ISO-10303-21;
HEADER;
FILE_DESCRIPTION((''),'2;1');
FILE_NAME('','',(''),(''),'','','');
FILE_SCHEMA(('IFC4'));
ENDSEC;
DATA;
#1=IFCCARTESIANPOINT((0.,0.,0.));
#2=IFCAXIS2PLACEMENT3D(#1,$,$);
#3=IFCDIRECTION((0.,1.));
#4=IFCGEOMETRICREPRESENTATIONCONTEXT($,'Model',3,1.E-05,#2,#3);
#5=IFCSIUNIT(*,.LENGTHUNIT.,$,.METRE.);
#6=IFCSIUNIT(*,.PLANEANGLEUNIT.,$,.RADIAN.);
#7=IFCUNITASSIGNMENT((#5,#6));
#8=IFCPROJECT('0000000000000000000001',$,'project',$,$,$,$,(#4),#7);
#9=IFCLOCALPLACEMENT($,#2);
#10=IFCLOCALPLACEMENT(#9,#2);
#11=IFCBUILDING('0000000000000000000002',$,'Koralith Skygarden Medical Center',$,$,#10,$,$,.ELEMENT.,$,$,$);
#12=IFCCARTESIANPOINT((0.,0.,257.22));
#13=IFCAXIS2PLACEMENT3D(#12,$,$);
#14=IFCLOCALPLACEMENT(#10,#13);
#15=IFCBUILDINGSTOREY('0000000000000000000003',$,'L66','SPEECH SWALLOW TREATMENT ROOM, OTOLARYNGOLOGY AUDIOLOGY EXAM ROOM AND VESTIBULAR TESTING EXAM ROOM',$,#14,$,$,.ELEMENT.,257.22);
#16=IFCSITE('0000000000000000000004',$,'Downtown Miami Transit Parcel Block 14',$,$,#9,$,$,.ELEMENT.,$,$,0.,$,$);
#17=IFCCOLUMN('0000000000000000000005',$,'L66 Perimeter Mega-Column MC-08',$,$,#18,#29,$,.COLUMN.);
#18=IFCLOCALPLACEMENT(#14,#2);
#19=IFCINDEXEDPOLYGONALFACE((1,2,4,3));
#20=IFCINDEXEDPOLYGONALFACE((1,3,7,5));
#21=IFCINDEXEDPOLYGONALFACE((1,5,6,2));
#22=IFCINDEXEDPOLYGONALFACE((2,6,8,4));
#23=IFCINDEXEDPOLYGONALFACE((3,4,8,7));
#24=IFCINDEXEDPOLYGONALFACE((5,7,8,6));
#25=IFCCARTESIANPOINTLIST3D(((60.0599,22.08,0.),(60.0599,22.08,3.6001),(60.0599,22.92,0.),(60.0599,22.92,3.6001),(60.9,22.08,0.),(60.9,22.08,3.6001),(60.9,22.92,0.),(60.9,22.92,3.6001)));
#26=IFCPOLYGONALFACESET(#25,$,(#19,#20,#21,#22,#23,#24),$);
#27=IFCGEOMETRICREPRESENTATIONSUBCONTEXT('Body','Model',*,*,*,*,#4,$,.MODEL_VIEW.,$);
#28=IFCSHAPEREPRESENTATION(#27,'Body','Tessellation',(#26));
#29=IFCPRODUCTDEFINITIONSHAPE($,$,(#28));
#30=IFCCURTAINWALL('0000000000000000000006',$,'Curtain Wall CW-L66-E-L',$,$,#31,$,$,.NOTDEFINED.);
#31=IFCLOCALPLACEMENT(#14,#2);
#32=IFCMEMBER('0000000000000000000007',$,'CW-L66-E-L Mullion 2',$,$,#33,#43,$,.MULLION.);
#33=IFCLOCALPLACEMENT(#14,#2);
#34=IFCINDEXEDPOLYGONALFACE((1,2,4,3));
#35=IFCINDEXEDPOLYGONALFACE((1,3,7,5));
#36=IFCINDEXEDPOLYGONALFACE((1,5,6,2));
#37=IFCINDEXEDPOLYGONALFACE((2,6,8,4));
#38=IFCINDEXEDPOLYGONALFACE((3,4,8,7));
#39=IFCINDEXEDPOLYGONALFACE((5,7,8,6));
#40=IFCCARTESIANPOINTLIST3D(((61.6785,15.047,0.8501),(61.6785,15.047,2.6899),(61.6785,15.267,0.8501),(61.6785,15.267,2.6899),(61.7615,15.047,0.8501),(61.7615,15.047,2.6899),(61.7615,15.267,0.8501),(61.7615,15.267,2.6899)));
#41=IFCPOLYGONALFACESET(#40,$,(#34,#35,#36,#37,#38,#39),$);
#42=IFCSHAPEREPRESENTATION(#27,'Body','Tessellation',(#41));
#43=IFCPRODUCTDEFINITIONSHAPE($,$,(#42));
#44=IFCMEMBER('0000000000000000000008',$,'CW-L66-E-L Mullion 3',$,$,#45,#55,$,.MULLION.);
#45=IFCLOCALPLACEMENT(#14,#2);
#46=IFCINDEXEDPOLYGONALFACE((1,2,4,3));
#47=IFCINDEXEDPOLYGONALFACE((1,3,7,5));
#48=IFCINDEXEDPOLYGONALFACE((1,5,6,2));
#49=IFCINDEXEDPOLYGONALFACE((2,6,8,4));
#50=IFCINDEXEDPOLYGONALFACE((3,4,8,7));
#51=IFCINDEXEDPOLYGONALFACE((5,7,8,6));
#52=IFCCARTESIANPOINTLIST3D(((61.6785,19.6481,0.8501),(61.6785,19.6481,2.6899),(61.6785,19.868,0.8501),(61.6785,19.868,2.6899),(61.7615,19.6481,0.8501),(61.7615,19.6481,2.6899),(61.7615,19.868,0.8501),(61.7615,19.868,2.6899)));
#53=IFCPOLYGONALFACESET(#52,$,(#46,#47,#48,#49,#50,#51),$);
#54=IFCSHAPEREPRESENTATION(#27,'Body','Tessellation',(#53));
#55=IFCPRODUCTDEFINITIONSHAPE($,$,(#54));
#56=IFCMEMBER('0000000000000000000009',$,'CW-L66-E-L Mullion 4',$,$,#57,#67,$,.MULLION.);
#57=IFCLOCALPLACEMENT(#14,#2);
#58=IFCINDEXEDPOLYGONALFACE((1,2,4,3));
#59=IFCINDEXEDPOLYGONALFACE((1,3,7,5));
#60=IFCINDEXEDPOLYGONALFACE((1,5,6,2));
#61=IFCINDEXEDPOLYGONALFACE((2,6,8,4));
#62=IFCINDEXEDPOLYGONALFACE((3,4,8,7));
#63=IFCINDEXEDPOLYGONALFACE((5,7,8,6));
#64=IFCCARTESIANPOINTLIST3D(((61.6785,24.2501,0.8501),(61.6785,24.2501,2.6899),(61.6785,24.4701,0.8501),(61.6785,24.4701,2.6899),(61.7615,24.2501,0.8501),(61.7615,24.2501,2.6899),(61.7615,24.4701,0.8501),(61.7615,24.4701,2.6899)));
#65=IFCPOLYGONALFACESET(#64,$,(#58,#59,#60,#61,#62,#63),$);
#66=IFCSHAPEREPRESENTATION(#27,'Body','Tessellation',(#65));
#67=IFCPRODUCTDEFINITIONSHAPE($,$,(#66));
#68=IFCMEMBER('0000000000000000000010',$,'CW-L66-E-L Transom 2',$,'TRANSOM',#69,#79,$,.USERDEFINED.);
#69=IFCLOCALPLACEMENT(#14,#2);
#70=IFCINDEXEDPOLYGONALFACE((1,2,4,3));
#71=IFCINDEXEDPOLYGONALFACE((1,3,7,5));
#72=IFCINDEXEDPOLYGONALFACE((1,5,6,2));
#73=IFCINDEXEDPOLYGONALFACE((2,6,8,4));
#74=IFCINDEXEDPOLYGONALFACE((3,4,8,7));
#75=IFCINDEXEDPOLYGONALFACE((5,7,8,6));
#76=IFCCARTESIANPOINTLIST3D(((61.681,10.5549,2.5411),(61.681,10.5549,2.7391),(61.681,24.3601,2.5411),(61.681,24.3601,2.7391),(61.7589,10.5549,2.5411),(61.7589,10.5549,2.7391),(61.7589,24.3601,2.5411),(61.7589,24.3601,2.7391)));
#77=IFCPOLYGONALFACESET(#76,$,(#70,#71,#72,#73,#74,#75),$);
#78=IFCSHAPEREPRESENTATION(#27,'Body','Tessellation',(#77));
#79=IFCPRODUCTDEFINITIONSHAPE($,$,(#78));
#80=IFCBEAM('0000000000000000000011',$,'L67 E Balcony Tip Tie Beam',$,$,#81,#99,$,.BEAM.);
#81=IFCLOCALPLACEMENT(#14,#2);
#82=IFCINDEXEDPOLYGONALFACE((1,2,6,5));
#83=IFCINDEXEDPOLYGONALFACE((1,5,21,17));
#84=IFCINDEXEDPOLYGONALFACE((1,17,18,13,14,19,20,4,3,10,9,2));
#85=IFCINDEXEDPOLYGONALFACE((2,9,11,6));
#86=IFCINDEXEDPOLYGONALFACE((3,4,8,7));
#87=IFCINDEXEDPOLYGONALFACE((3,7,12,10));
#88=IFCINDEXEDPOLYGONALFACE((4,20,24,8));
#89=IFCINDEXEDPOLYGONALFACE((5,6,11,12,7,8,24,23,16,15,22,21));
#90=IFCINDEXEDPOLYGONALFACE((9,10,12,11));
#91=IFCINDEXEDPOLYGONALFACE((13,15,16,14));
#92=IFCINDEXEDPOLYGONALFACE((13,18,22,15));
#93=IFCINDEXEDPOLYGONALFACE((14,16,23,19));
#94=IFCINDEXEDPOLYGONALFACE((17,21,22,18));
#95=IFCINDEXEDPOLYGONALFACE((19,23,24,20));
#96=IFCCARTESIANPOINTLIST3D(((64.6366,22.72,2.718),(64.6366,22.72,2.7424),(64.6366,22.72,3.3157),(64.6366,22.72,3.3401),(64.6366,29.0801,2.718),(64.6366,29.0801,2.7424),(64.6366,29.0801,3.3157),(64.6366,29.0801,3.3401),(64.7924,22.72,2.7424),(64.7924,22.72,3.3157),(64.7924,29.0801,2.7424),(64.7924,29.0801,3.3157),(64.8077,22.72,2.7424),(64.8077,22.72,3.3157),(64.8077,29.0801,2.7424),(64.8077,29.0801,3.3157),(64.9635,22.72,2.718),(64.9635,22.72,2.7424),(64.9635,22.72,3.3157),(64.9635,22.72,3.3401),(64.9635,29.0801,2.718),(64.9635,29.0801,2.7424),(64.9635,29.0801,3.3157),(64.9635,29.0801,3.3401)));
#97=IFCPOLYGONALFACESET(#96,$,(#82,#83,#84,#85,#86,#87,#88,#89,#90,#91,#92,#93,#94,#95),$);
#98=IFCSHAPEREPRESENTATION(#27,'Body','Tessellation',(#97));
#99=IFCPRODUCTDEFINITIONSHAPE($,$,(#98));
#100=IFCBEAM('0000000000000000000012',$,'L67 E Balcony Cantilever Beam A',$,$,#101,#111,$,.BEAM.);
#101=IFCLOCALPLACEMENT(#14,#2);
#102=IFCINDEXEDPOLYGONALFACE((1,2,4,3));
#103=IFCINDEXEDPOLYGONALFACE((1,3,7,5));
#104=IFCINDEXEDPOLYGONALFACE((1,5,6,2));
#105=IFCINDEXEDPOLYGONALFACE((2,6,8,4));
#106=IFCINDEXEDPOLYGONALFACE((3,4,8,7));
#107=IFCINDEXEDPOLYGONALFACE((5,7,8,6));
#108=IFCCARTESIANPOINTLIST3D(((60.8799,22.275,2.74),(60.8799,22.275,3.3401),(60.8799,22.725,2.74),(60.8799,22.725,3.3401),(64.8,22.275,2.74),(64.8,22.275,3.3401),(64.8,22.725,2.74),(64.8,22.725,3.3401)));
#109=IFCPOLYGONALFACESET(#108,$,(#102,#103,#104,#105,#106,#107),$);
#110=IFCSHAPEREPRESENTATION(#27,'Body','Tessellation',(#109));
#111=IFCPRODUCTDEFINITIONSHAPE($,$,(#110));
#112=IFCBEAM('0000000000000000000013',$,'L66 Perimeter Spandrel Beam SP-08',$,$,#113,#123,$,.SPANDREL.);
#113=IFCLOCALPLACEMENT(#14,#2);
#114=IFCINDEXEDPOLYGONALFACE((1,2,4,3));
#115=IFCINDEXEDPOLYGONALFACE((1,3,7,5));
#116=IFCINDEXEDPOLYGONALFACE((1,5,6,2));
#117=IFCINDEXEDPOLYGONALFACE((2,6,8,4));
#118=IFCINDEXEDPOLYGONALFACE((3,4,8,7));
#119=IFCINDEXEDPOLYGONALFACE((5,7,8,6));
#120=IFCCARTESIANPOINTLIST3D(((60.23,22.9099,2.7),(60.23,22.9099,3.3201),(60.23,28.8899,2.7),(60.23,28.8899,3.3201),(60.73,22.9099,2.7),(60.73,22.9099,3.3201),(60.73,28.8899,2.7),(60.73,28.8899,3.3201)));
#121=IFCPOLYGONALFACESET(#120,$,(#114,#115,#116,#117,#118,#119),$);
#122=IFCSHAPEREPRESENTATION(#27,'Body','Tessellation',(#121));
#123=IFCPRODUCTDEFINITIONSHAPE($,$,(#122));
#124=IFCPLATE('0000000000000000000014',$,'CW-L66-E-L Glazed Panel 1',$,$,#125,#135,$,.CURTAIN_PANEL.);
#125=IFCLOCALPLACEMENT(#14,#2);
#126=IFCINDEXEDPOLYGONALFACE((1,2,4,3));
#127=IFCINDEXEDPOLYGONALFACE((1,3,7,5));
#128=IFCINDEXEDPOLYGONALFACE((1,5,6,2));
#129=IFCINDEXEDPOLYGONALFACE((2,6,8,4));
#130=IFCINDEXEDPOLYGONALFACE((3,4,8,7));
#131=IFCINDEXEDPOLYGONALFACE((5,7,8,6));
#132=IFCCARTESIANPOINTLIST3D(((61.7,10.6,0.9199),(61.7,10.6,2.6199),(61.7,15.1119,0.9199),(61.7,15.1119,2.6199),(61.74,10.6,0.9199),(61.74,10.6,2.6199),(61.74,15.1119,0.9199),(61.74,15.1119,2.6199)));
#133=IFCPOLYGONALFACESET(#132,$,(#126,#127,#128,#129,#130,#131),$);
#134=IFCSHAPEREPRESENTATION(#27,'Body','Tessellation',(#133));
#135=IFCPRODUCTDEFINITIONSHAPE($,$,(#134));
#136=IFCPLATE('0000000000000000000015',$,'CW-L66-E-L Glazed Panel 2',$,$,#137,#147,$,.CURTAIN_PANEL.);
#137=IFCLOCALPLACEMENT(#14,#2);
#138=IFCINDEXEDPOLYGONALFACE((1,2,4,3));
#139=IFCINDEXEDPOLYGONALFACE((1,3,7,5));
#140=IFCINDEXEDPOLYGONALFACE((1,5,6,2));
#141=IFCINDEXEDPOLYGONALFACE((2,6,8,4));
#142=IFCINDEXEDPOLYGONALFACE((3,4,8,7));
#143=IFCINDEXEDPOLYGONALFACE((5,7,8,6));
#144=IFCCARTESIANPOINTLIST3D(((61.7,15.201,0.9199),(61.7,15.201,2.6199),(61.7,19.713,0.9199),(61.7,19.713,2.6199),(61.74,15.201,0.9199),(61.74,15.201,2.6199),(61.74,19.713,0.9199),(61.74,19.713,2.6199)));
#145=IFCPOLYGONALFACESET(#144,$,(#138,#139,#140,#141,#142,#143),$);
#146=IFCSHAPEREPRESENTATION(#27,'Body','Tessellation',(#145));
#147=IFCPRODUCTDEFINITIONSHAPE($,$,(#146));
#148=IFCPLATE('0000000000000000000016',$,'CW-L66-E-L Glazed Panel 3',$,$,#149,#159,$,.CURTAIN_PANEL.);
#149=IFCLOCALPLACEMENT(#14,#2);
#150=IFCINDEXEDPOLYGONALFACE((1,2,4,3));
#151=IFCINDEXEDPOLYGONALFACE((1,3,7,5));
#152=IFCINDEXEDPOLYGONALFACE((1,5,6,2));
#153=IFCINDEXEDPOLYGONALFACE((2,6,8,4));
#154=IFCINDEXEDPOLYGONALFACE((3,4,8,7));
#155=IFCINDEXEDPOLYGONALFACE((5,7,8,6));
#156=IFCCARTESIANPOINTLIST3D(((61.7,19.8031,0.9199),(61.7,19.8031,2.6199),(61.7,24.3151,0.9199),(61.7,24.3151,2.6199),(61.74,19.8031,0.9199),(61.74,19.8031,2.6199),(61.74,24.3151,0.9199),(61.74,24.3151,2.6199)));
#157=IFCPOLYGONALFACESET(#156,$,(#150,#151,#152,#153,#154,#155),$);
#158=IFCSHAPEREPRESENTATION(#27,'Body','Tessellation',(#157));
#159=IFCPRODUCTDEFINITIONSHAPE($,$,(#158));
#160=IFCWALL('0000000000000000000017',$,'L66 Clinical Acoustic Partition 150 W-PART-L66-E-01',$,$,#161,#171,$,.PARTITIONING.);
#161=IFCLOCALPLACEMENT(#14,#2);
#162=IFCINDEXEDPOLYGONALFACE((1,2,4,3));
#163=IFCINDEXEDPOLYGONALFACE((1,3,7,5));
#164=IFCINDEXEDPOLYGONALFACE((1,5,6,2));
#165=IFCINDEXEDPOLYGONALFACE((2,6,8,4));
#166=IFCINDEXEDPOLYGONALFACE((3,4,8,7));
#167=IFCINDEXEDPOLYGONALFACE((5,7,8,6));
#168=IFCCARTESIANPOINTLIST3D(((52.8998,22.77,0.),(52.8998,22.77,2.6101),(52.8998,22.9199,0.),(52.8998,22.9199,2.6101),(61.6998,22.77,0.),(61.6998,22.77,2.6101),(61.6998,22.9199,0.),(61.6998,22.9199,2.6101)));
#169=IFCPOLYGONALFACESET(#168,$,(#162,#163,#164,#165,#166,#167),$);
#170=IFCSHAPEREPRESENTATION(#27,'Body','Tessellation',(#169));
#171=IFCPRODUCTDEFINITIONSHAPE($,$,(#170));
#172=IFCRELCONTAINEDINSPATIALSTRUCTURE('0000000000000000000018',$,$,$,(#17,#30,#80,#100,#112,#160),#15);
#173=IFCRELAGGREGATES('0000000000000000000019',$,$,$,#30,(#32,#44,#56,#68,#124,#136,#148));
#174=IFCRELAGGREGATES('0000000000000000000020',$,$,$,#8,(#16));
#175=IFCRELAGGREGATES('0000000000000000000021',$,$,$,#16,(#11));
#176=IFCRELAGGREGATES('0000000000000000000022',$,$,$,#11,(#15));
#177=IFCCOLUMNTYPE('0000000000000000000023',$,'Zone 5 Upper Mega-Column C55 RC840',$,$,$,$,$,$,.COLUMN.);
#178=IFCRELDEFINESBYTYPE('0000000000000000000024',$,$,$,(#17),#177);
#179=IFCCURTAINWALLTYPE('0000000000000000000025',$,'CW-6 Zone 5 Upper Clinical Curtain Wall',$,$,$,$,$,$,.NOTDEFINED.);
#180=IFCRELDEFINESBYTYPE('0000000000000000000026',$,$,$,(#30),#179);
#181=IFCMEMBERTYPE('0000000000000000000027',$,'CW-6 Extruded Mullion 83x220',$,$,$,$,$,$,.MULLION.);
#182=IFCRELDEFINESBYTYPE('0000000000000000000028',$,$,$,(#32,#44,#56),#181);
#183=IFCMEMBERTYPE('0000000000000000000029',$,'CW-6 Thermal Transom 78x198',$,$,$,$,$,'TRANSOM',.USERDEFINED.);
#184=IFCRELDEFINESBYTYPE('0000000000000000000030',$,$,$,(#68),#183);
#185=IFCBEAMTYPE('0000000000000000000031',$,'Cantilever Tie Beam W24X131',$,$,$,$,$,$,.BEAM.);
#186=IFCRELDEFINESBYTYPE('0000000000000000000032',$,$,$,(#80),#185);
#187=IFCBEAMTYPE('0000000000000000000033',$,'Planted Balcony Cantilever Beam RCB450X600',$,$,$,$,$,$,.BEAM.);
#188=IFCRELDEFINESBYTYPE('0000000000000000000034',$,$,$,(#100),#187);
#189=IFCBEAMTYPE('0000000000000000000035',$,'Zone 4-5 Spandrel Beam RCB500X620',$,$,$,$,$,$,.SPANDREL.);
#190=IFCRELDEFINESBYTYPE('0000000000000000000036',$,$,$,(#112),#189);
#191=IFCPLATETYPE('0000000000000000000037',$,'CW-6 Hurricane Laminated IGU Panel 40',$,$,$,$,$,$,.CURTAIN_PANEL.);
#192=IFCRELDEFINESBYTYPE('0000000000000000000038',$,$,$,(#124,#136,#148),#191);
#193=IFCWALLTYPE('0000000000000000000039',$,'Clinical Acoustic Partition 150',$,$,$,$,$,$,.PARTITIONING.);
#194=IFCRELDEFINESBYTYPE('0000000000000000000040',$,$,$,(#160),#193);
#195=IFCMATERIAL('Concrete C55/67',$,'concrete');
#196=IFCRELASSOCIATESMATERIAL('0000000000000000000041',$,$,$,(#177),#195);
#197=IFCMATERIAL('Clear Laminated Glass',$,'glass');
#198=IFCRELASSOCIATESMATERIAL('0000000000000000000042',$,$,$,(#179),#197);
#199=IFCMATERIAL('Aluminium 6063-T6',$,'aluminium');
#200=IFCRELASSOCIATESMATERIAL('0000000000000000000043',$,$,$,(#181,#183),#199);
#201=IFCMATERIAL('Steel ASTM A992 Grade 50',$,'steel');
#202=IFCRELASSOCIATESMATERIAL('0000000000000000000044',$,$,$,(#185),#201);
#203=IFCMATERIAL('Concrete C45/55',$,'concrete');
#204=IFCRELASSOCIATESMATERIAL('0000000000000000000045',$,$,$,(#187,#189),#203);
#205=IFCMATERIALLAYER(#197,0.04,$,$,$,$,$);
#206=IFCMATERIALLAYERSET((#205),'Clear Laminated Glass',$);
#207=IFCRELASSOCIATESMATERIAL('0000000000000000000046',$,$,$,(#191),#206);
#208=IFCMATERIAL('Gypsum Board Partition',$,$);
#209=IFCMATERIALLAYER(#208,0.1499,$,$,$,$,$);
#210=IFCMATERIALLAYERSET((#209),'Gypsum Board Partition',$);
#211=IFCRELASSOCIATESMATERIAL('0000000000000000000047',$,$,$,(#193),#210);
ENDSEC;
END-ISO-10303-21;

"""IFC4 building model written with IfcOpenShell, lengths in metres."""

from ifc_helpers import new_model, si_unit, direction, frame, frame_2d, origin, origin_2d, place, context, subcontext, project, spatial, rectangle, i_section, extrude, material, layer, layer_set, material_profile, profile_set, type_object, element, aggregate, save


model = new_model("IFC4")

# Units and contexts
model_context = context("Model", 3, precision=1e-05, world=origin(), true_north=direction((0.0, 1.0)))
body_context = subcontext(model_context, "Body", "Model", "MODEL_VIEW")
ifc_project = project(units=[si_unit("LENGTHUNIT", "METRE"), si_unit("PLANEANGLEUNIT", "RADIAN")], contexts=[model_context])

# Site, building, storey
site_placement = place(None, origin())
site = spatial("IfcSite", under=ifc_project, at=site_placement, Name="Downtown Miami Transit Parcel Block 14", CompositionType="ELEMENT", RefElevation=0.0)
building_placement = place(site_placement, origin())
building = spatial("IfcBuilding", under=site, at=building_placement, Name="Koralith Skygarden Medical Center", CompositionType="ELEMENT")
storey_placement = place(building_placement, frame((0.0, 0.0, 257.22)))
storey = spatial("IfcBuildingStorey", under=building, at=storey_placement, Name="L66", Description="SPEECH SWALLOW TREATMENT ROOM, OTOLARYNGOLOGY AUDIOLOGY EXAM ROOM AND VESTIBULAR TESTING EXAM ROOM", CompositionType="ELEMENT", Elevation=257.22)

# Column
ifc_material_1 = material(Name="Concrete C55/67", Category="concrete")
ifc_material_profile_1 = material_profile(ifc_material_1, rectangle(XDim=0.8401, YDim=0.8401, at=origin_2d()), Name="RC840X840")
ifc_profile_set_1 = profile_set([ifc_material_profile_1], Name="Concrete C55/67")
column_type = type_object("IfcColumnType", Name="Zone 5 Upper Mega-Column C55 RC840", PredefinedType="COLUMN", material=ifc_profile_set_1)
column_placement = place(storey_placement, frame((60.48, 22.5, 0.0), z_axis=(0.0, 0.0, 1.0), x_axis=(1.0, 0.0, 0.0)))
element("IfcColumn", 1, at=column_placement, inside=storey, type_object=column_type, Name="L66 Perimeter Mega-Column MC-08", PredefinedType="COLUMN", context=body_context, shape_type="SweptSolid", body=[
    extrude(rectangle(XDim=0.8401, YDim=0.8401, at=origin_2d()), origin(), (0.0, 0.0, 1.0), 3.6001),
])

# Curtain wall, members
ifc_material_2 = material(Name="Clear Laminated Glass", Category="glass")
curtain_wall_type = type_object("IfcCurtainWallType", Name="CW-6 Zone 5 Upper Clinical Curtain Wall", PredefinedType="NOTDEFINED", material=ifc_material_2)
curtain_wall_placement = place(storey_placement, origin())
curtain_wall = element("IfcCurtainWall", 2, at=curtain_wall_placement, inside=storey, type_object=curtain_wall_type, Name="Curtain Wall CW-L66-E-L", PredefinedType="NOTDEFINED")
ifc_material_3 = material(Name="Aluminium 6063-T6", Category="aluminium")
ifc_material_profile_2 = material_profile(ifc_material_3, rectangle(XDim=0.083, YDim=0.22, at=origin_2d()), Name="MUL83X220")
ifc_profile_set_2 = profile_set([ifc_material_profile_2], Name="Aluminium 6063-T6")
member_type_1 = type_object("IfcMemberType", Name="CW-6 Extruded Mullion 83x220", PredefinedType="MULLION", material=ifc_profile_set_2)
member_1_placement = place(storey_placement, frame((61.72, 15.157, 0.8501), z_axis=(0.0, 0.0, 1.0), x_axis=(1.0, 0.0, 0.0)))
member_1 = element("IfcMember", 3, at=member_1_placement, type_object=member_type_1, Name="CW-L66-E-L Mullion 2", PredefinedType="MULLION", context=body_context, shape_type="SweptSolid", body=[
    extrude(rectangle(XDim=0.083, YDim=0.22, at=origin_2d()), origin(), (0.0, 0.0, 1.0), 1.8398),
])
member_2_placement = place(storey_placement, frame((61.72, 19.7581, 0.8501), z_axis=(0.0, 0.0, 1.0), x_axis=(1.0, 0.0, 0.0)))
member_2 = element("IfcMember", 4, at=member_2_placement, type_object=member_type_1, Name="CW-L66-E-L Mullion 3", PredefinedType="MULLION", context=body_context, shape_type="SweptSolid", body=[
    extrude(rectangle(XDim=0.083, YDim=0.22, at=origin_2d()), origin(), (0.0, 0.0, 1.0), 1.8398),
])
member_3_placement = place(storey_placement, frame((61.72, 24.3601, 0.8501), z_axis=(0.0, 0.0, 1.0), x_axis=(1.0, 0.0, 0.0)))
member_3 = element("IfcMember", 5, at=member_3_placement, type_object=member_type_1, Name="CW-L66-E-L Mullion 4", PredefinedType="MULLION", context=body_context, shape_type="SweptSolid", body=[
    extrude(rectangle(XDim=0.083, YDim=0.22, at=origin_2d()), origin(), (0.0, 0.0, 1.0), 1.8398),
])
ifc_material_profile_3 = material_profile(ifc_material_3, rectangle(XDim=0.0779, YDim=0.198, at=origin_2d()), Name="TRN78X198")
ifc_profile_set_3 = profile_set([ifc_material_profile_3], Name="Aluminium 6063-T6")
member_type_2 = type_object("IfcMemberType", Name="CW-6 Thermal Transom 78x198", ElementType="TRANSOM", PredefinedType="USERDEFINED", material=ifc_profile_set_3)
member_4_placement = place(storey_placement, frame((61.72, 10.5549, 2.6401), z_axis=(0.0, 1.0, 0.0), x_axis=(-1.0, 0.0, 0.0)))
member_4 = element("IfcMember", 6, at=member_4_placement, type_object=member_type_2, Name="CW-L66-E-L Transom 2", ObjectType="TRANSOM", PredefinedType="USERDEFINED", context=body_context, shape_type="SweptSolid", body=[
    extrude(rectangle(XDim=0.0779, YDim=0.198, at=origin_2d()), origin(), (0.0, 0.0, 1.0), 13.8052),
])

# Beams
ifc_material_4 = material(Name="Steel ASTM A992 Grade 50", Category="steel")
ifc_material_profile_4 = material_profile(ifc_material_4, i_section(OverallWidth=0.3269, OverallDepth=0.6221, WebThickness=0.0154, FlangeThickness=0.0244, at=origin_2d()), Name="W24X131")
ifc_profile_set_4 = profile_set([ifc_material_profile_4], Name="Steel ASTM A992 Grade 50")
beam_type_1 = type_object("IfcBeamType", Name="Cantilever Tie Beam W24X131", PredefinedType="BEAM", material=ifc_profile_set_4)
beam_1_placement = place(storey_placement, frame((64.8, 22.72, 3.0291), z_axis=(0.0, 1.0, 0.0), x_axis=(-1.0, 0.0, 0.0)))
element("IfcBeam", 7, at=beam_1_placement, inside=storey, type_object=beam_type_1, Name="L67 E Balcony Tip Tie Beam", PredefinedType="BEAM", context=body_context, shape_type="SweptSolid", body=[
    extrude(i_section(OverallWidth=0.3269, OverallDepth=0.6221, WebThickness=0.0154, FlangeThickness=0.0244, at=origin_2d()), origin(), (0.0, 0.0, 1.0), 6.3601),
])
ifc_material_5 = material(Name="Concrete C45/55", Category="concrete")
ifc_material_profile_5 = material_profile(ifc_material_5, rectangle(XDim=0.45, YDim=0.6001, at=origin_2d()), Name="RCB450X600")
ifc_profile_set_5 = profile_set([ifc_material_profile_5], Name="Concrete C45/55")
beam_type_2 = type_object("IfcBeamType", Name="Planted Balcony Cantilever Beam RCB450X600", PredefinedType="BEAM", material=ifc_profile_set_5)
beam_2_placement = place(storey_placement, frame((60.8799, 22.5, 3.04), z_axis=(1.0, 0.0, 0.0), x_axis=(0.0, 1.0, 0.0)))
element("IfcBeam", 8, at=beam_2_placement, inside=storey, type_object=beam_type_2, Name="L67 E Balcony Cantilever Beam A", PredefinedType="BEAM", context=body_context, shape_type="SweptSolid", body=[
    extrude(rectangle(XDim=0.45, YDim=0.6001, at=origin_2d()), origin(), (0.0, 0.0, 1.0), 3.9202),
])
ifc_material_profile_6 = material_profile(ifc_material_5, rectangle(XDim=0.5, YDim=0.6201, at=origin_2d()), Name="RCB500X620")
ifc_profile_set_6 = profile_set([ifc_material_profile_6], Name="Concrete C45/55")
beam_type_3 = type_object("IfcBeamType", Name="Zone 4-5 Spandrel Beam RCB500X620", PredefinedType="SPANDREL", material=ifc_profile_set_6)
beam_3_placement = place(storey_placement, frame((60.48, 22.9099, 3.01), z_axis=(0.0, 1.0, 0.0), x_axis=(-1.0, 0.0, 0.0)))
element("IfcBeam", 9, at=beam_3_placement, inside=storey, type_object=beam_type_3, Name="L66 Perimeter Spandrel Beam SP-08", PredefinedType="SPANDREL", context=body_context, shape_type="SweptSolid", body=[
    extrude(rectangle(XDim=0.5, YDim=0.6201, at=origin_2d()), origin(), (0.0, 0.0, 1.0), 5.98),
])

# Plates
ifc_layer_1 = layer(ifc_material_2, 0.04)
ifc_layer_set_1 = layer_set([ifc_layer_1], Name="Clear Laminated Glass")
plate_type = type_object("IfcPlateType", Name="CW-6 Hurricane Laminated IGU Panel 40", PredefinedType="CURTAIN_PANEL", material=ifc_layer_set_1)
plate_1_placement = place(storey_placement, frame((61.72, 12.856, 0.9199), z_axis=(0.0, 0.0, 1.0), x_axis=(0.0, 1.0, 0.0)))
plate_1 = element("IfcPlate", 10, at=plate_1_placement, type_object=plate_type, Name="CW-L66-E-L Glazed Panel 1", PredefinedType="CURTAIN_PANEL", context=body_context, shape_type="SweptSolid", body=[
    extrude(rectangle(XDim=4.512, YDim=0.04, at=origin_2d()), origin(), (0.0, 0.0, 1.0), 1.7),
])
plate_2_placement = place(storey_placement, frame((61.72, 17.457, 0.9199), z_axis=(0.0, 0.0, 1.0), x_axis=(0.0, 1.0, 0.0)))
plate_2 = element("IfcPlate", 11, at=plate_2_placement, type_object=plate_type, Name="CW-L66-E-L Glazed Panel 2", PredefinedType="CURTAIN_PANEL", context=body_context, shape_type="SweptSolid", body=[
    extrude(rectangle(XDim=4.512, YDim=0.04, at=origin_2d()), origin(), (0.0, 0.0, 1.0), 1.7),
])
plate_3_placement = place(storey_placement, frame((61.72, 22.0591, 0.9199), z_axis=(0.0, 0.0, 1.0), x_axis=(0.0, 1.0, 0.0)))
plate_3 = element("IfcPlate", 12, at=plate_3_placement, type_object=plate_type, Name="CW-L66-E-L Glazed Panel 3", PredefinedType="CURTAIN_PANEL", context=body_context, shape_type="SweptSolid", body=[
    extrude(rectangle(XDim=4.512, YDim=0.04, at=origin_2d()), origin(), (0.0, 0.0, 1.0), 1.7),
])
aggregate(curtain_wall, [member_1, member_2, member_3, member_4, plate_1, plate_2, plate_3])

# Wall
ifc_material_6 = material(Name="Gypsum Board Partition")
ifc_layer_2 = layer(ifc_material_6, 0.1499)
ifc_layer_set_2 = layer_set([ifc_layer_2], Name="Gypsum Board Partition")
wall_type_1 = type_object("IfcWallType", Name="Clinical Acoustic Partition 150", PredefinedType="PARTITIONING", material=ifc_layer_set_2)
wall_1_placement = place(storey_placement, frame((52.8999, 22.845, 0.0), z_axis=(0.0, 0.0, 1.0), x_axis=(1.0, 0.0, 0.0)))
element("IfcWall", 13, at=wall_1_placement, inside=storey, type_object=wall_type_1, Name="L66 Clinical Acoustic Partition 150 W-PART-L66-E-01", PredefinedType="PARTITIONING", context=body_context, shape_type="SweptSolid", body=[
    extrude(rectangle(XDim=8.8, YDim=0.1499, at=frame_2d((4.3999, 0.0))), origin(), (0.0, 0.0, 1.0), 2.6101),
])

save(model, "model.ifc")
